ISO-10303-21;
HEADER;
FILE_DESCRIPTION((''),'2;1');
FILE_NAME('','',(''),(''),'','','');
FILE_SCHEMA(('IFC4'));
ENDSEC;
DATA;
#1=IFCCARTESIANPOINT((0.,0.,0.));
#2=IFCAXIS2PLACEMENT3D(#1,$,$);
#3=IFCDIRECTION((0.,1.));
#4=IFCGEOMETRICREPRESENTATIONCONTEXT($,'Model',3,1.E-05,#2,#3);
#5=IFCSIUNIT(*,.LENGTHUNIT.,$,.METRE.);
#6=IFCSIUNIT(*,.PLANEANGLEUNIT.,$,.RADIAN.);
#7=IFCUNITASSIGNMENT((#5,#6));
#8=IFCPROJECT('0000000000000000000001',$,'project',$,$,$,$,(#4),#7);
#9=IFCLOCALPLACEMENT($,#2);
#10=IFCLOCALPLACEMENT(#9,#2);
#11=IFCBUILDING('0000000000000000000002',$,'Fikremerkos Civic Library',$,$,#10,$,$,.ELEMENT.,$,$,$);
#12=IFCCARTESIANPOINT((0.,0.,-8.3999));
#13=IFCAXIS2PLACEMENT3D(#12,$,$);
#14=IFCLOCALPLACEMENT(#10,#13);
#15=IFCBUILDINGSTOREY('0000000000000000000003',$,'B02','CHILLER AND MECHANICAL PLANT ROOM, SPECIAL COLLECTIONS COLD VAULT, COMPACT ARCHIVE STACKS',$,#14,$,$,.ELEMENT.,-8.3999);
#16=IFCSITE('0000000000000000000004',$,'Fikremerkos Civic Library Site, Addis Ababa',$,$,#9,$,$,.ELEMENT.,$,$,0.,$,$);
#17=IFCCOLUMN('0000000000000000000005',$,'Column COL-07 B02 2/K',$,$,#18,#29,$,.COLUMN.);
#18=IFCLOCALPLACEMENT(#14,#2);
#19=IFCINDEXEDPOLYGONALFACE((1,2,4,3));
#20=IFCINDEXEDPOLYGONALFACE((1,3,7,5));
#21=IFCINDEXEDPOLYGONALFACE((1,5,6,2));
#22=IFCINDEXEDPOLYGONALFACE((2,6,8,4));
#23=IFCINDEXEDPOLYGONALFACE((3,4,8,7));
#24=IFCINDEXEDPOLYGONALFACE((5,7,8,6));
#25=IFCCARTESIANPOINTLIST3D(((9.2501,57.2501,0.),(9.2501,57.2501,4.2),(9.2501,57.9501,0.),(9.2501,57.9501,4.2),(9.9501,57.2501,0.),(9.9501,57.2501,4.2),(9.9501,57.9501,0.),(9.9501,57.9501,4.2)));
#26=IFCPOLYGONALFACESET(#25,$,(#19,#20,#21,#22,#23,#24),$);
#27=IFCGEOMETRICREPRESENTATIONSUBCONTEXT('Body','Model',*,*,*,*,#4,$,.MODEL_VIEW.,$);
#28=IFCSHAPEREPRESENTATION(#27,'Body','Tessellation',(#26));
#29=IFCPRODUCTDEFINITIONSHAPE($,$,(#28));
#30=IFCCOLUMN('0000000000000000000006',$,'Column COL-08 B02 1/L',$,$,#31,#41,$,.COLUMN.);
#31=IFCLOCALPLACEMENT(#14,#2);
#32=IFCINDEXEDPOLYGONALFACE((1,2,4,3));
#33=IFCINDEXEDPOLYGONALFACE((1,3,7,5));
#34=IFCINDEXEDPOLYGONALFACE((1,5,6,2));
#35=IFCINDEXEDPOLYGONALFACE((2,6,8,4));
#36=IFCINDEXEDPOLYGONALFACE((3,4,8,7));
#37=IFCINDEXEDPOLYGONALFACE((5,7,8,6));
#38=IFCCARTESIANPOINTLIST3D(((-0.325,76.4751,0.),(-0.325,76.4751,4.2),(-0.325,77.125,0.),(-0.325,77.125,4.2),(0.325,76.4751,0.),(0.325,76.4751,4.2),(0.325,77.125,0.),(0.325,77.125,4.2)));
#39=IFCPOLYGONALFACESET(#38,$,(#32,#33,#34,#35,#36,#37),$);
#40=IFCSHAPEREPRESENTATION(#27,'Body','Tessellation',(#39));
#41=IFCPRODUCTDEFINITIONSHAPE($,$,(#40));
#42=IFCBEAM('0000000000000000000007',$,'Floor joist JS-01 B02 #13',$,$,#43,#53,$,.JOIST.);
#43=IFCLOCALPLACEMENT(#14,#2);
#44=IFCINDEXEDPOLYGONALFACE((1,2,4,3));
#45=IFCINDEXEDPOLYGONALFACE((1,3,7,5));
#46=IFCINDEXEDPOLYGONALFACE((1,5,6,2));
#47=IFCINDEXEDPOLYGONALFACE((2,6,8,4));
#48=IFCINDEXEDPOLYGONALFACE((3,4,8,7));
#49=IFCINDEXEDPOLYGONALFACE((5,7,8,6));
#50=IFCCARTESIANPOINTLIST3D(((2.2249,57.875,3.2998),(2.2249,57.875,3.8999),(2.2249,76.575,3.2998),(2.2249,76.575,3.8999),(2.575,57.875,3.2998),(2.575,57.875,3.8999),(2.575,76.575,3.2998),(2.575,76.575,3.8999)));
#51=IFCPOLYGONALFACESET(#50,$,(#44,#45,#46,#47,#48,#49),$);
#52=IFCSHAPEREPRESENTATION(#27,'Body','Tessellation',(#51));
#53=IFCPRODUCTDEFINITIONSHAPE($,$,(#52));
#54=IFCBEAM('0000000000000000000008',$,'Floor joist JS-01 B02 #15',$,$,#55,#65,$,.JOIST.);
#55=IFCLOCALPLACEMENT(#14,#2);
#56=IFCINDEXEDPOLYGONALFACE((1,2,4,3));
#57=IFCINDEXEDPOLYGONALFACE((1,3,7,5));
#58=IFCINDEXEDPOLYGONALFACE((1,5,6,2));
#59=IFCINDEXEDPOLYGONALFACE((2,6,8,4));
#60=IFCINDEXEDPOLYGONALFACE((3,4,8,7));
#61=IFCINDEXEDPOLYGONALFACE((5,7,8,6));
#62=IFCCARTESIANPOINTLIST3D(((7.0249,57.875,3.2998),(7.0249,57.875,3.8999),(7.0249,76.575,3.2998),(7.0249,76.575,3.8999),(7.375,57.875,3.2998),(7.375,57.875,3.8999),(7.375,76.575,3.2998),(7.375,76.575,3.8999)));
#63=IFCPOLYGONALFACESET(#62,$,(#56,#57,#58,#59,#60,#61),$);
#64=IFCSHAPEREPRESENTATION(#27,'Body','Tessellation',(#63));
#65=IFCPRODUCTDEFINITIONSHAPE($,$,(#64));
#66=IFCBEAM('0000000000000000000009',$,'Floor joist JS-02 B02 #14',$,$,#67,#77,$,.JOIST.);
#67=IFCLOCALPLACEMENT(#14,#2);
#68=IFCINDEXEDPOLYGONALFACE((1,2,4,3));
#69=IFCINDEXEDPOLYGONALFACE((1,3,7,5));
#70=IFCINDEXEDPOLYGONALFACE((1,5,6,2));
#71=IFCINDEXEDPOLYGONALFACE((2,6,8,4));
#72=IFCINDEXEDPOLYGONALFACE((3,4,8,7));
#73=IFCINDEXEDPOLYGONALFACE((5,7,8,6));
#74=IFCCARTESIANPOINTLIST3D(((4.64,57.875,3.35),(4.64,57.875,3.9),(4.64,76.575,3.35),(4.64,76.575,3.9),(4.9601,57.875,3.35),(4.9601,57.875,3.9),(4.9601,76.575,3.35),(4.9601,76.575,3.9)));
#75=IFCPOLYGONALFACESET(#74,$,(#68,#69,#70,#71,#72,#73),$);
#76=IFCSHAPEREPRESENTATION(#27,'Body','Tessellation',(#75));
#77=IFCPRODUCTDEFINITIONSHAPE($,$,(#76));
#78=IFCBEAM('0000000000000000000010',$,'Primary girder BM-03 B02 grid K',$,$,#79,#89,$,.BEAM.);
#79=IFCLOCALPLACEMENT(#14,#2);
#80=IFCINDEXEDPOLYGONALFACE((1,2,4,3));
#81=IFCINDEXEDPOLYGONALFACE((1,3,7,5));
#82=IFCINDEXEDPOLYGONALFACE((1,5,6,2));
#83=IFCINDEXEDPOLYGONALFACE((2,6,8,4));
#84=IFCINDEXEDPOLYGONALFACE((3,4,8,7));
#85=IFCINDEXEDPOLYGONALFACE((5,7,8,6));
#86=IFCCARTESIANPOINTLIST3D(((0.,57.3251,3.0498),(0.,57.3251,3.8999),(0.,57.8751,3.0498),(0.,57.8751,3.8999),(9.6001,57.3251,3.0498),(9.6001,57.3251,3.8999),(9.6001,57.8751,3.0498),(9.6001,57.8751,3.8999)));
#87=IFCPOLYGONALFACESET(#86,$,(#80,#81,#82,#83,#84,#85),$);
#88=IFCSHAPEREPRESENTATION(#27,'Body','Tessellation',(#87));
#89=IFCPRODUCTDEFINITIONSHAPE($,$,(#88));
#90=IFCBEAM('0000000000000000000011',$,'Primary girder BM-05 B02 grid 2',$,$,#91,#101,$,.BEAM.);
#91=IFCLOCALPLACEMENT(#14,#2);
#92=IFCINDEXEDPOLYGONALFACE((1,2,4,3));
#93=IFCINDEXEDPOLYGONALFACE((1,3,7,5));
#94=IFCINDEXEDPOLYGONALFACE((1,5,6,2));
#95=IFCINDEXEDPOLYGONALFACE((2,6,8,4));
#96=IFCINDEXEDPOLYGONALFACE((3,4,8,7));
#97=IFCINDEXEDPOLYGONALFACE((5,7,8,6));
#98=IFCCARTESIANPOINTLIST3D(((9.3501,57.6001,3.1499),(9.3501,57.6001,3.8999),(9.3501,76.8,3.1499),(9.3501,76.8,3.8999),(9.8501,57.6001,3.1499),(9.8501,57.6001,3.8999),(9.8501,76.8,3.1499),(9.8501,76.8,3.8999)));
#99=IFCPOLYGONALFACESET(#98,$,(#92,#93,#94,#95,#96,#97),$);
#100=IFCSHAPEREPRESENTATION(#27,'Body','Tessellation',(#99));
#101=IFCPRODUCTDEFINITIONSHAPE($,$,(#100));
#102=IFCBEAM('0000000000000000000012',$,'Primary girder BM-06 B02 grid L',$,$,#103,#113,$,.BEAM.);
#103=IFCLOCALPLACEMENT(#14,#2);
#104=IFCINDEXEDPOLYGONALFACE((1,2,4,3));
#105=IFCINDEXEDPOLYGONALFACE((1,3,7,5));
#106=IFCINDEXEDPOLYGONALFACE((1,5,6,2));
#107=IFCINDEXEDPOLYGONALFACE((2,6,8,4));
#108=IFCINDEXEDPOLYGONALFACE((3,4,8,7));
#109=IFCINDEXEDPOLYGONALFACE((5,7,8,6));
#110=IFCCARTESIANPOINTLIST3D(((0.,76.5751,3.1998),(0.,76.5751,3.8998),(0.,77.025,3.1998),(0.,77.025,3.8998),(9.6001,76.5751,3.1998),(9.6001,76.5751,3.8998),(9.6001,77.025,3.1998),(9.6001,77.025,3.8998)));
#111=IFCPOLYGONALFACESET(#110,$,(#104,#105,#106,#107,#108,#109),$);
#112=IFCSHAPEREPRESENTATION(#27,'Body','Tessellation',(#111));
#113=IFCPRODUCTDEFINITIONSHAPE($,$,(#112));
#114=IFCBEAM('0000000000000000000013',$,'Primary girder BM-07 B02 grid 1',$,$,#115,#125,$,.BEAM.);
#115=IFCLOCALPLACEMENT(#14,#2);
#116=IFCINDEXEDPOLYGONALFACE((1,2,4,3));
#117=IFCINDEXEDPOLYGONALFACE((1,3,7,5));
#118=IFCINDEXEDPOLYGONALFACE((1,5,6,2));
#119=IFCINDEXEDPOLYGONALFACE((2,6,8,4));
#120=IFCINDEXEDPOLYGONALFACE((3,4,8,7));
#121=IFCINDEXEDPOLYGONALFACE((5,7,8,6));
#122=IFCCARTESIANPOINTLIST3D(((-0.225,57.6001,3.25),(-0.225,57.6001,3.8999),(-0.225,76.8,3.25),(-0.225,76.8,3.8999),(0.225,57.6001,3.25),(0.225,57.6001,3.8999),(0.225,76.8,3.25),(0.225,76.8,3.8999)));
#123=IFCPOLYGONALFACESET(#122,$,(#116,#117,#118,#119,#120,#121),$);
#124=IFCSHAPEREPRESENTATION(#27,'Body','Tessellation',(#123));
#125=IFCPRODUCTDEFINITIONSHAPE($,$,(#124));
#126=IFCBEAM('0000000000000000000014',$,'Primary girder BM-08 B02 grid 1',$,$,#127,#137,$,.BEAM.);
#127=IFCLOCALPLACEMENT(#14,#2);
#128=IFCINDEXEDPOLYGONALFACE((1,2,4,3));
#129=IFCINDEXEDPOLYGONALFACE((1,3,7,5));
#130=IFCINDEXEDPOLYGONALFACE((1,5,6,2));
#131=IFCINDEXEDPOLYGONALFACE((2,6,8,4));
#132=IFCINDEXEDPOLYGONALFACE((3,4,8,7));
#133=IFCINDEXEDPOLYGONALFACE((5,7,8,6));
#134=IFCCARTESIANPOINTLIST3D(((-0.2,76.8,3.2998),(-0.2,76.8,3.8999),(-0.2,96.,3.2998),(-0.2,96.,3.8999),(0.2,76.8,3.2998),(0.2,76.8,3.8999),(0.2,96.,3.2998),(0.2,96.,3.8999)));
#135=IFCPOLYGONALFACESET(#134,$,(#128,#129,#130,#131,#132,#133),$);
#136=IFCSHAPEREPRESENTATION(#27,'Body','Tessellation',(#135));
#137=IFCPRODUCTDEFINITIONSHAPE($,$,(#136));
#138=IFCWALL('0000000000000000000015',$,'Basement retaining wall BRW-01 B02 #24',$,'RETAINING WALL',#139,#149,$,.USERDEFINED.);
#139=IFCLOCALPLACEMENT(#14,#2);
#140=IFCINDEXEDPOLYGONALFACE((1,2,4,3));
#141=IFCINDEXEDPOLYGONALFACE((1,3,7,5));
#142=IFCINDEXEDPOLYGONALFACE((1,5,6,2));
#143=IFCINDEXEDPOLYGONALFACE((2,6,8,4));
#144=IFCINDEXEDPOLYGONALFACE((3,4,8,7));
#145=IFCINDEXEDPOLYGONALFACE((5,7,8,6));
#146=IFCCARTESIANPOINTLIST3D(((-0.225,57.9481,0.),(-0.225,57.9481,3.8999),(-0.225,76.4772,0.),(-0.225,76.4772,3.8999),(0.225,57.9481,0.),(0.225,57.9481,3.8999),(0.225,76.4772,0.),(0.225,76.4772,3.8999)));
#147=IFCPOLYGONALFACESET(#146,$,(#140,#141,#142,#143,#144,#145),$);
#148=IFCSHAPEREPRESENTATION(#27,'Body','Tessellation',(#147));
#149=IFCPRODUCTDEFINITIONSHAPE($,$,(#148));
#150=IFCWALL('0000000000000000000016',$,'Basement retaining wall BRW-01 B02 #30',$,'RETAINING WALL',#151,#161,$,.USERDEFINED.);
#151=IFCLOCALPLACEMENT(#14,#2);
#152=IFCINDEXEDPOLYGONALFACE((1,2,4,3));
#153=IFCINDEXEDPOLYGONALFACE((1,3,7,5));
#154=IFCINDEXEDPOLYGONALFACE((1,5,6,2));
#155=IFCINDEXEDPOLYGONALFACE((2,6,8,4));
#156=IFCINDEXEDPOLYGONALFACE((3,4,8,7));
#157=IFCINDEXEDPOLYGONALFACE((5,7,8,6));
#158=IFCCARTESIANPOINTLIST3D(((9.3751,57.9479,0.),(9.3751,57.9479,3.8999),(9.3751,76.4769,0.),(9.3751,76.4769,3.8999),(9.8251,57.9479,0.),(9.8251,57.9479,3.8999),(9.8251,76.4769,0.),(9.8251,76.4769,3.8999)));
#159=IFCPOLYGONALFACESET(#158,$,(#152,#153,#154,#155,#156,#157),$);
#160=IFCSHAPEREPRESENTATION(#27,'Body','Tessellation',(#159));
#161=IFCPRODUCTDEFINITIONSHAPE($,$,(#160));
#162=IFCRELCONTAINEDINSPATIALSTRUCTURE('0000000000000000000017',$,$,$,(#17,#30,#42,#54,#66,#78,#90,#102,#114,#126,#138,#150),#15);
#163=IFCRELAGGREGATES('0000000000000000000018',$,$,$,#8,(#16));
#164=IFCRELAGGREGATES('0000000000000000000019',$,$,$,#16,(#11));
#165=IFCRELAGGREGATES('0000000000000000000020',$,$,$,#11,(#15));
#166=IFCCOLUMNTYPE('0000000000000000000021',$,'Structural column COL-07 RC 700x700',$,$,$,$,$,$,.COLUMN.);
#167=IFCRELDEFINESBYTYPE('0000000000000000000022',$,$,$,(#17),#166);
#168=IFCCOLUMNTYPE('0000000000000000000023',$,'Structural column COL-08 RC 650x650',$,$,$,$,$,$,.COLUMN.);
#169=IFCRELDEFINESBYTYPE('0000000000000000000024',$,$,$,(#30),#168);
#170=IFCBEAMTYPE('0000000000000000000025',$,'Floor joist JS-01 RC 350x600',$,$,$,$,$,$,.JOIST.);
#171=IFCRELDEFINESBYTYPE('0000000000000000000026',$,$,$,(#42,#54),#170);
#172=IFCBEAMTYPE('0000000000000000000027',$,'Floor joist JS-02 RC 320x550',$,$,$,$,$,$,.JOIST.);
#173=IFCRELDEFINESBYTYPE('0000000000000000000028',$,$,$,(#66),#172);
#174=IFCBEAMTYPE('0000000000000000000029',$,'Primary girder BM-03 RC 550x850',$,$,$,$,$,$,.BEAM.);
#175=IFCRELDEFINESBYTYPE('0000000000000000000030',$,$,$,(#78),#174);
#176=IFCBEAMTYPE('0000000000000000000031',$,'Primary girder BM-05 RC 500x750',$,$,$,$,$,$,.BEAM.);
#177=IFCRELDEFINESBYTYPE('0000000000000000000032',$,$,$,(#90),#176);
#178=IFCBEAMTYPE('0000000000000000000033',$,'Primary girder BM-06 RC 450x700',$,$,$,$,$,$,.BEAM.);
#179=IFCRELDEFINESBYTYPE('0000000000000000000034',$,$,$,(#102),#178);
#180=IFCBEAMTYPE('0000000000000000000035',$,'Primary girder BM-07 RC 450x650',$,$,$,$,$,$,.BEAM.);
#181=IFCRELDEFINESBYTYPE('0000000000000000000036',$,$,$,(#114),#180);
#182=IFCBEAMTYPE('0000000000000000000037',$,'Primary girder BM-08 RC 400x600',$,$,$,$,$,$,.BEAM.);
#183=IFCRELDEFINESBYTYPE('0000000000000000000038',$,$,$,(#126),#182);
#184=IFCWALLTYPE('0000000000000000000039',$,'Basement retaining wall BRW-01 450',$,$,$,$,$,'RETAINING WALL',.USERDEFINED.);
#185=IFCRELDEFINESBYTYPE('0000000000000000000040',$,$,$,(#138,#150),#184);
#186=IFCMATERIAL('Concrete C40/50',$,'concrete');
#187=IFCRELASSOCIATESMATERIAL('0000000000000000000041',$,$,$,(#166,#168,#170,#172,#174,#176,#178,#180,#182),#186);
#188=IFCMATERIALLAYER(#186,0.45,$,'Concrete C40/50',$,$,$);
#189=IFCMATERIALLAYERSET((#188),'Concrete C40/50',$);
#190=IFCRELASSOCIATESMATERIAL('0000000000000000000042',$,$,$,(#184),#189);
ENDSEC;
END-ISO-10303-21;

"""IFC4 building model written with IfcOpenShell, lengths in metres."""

from ifc_helpers import new_model, si_unit, direction, frame, frame_2d, origin, origin_2d, place, context, subcontext, project, spatial, rectangle, extrude, material, layer, layer_set, material_profile, profile_set, type_object, element, save


model = new_model("IFC4")

# Units and contexts
model_context = context("Model", 3, precision=1e-05, world=origin(), true_north=direction((0.0, 1.0)))
body_context = subcontext(model_context, "Body", "Model", "MODEL_VIEW")
ifc_project = project(units=[si_unit("LENGTHUNIT", "METRE"), si_unit("PLANEANGLEUNIT", "RADIAN")], contexts=[model_context])

# Site, building, storey
site_placement = place(None, origin())
site = spatial("IfcSite", under=ifc_project, at=site_placement, Name="Fikremerkos Civic Library Site, Addis Ababa", CompositionType="ELEMENT", RefElevation=0.0)
building_placement = place(site_placement, origin())
building = spatial("IfcBuilding", under=site, at=building_placement, Name="Fikremerkos Civic Library", CompositionType="ELEMENT")
storey_placement = place(building_placement, frame((0.0, 0.0, -8.3999)))
storey = spatial("IfcBuildingStorey", under=building, at=storey_placement, Name="B02", Description="CHILLER AND MECHANICAL PLANT ROOM, SPECIAL COLLECTIONS COLD VAULT, COMPACT ARCHIVE STACKS", CompositionType="ELEMENT", Elevation=-8.3999)

# Shared definitions
ifc_material_1 = material(Name="Concrete C40/50", Category="concrete")

# Columns
ifc_material_profile_1 = material_profile(ifc_material_1, rectangle(XDim=0.7, YDim=0.7, at=origin_2d()), Name="RC 700x700")
ifc_profile_set_1 = profile_set([ifc_material_profile_1], Name="Concrete C40/50")
column_type_1 = type_object("IfcColumnType", Name="Structural column COL-07 RC 700x700", PredefinedType="COLUMN", material=ifc_profile_set_1)
for number, where, z_axis, x_axis, name in (
    (1, (9.6001, 57.6001, 0.0), (0.0, 0.0, 1.0), (1.0, 0.0, 0.0), "Column COL-07 B02 2/K"),
):
    element("IfcColumn", number, at=place(storey_placement, frame(where, z_axis=z_axis, x_axis=x_axis)), inside=storey, type_object=column_type_1, Name=name, PredefinedType="COLUMN", context=body_context, shape_type="SweptSolid", body=[
        extrude(rectangle(XDim=0.7, YDim=0.7, at=origin_2d()), origin(), (0.0, 0.0, 1.0), 4.2),
    ])
ifc_material_profile_2 = material_profile(ifc_material_1, rectangle(XDim=0.6499, YDim=0.6499, at=origin_2d()), Name="RC 650x650")
ifc_profile_set_2 = profile_set([ifc_material_profile_2], Name="Concrete C40/50")
column_type_2 = type_object("IfcColumnType", Name="Structural column COL-08 RC 650x650", PredefinedType="COLUMN", material=ifc_profile_set_2)
column_placement = place(storey_placement, frame((0.0, 76.8, 0.0), z_axis=(0.0, 0.0, 1.0), x_axis=(1.0, 0.0, 0.0)))
element("IfcColumn", 2, at=column_placement, inside=storey, type_object=column_type_2, Name="Column COL-08 B02 1/L", PredefinedType="COLUMN", context=body_context, shape_type="SweptSolid", body=[
    extrude(rectangle(XDim=0.6499, YDim=0.6499, at=origin_2d()), origin(), (0.0, 0.0, 1.0), 4.2),
])

# Beams
ifc_material_profile_3 = material_profile(ifc_material_1, rectangle(XDim=0.3501, YDim=0.6001, at=origin_2d()), Name="RC 350x600")
ifc_profile_set_3 = profile_set([ifc_material_profile_3], Name="Concrete C40/50")
beam_type_1 = type_object("IfcBeamType", Name="Floor joist JS-01 RC 350x600", PredefinedType="JOIST", material=ifc_profile_set_3)
for number, where, z_axis, x_axis, name in (
    (3, (2.3999, 57.875, 3.5999), (0.0, 1.0, 0.0), (-1.0, 0.0, 0.0), "Floor joist JS-01 B02 #13"),
    (4, (7.2, 57.875, 3.5999), (0.0, 1.0, 0.0), (-1.0, 0.0, 0.0), "Floor joist JS-01 B02 #15"),
):
    element("IfcBeam", number, at=place(storey_placement, frame(where, z_axis=z_axis, x_axis=x_axis)), inside=storey, type_object=beam_type_1, Name=name, PredefinedType="JOIST", context=body_context, shape_type="SweptSolid", body=[
        extrude(rectangle(XDim=0.3501, YDim=0.6001, at=origin_2d()), origin(), (0.0, 0.0, 1.0), 18.7),
    ])
ifc_material_profile_4 = material_profile(ifc_material_1, rectangle(XDim=0.3201, YDim=0.55, at=origin_2d()), Name="RC 320x550")
ifc_profile_set_4 = profile_set([ifc_material_profile_4], Name="Concrete C40/50")
beam_type_2 = type_object("IfcBeamType", Name="Floor joist JS-02 RC 320x550", PredefinedType="JOIST", material=ifc_profile_set_4)
beam_1_placement = place(storey_placement, frame((4.8, 57.875, 3.625), z_axis=(0.0, 1.0, 0.0), x_axis=(-1.0, 0.0, 0.0)))
element("IfcBeam", 5, at=beam_1_placement, inside=storey, type_object=beam_type_2, Name="Floor joist JS-02 B02 #14", PredefinedType="JOIST", context=body_context, shape_type="SweptSolid", body=[
    extrude(rectangle(XDim=0.3201, YDim=0.55, at=origin_2d()), origin(), (0.0, 0.0, 1.0), 18.7),
])
ifc_material_profile_5 = material_profile(ifc_material_1, rectangle(XDim=0.55, YDim=0.8501, at=origin_2d()), Name="RC 550x850")
ifc_profile_set_5 = profile_set([ifc_material_profile_5], Name="Concrete C40/50")
beam_type_3 = type_object("IfcBeamType", Name="Primary girder BM-03 RC 550x850", PredefinedType="BEAM", material=ifc_profile_set_5)
beam_2_placement = place(storey_placement, frame((0.0, 57.6001, 3.4749), z_axis=(1.0, 0.0, 0.0), x_axis=(0.0, 1.0, 0.0)))
element("IfcBeam", 6, at=beam_2_placement, inside=storey, type_object=beam_type_3, Name="Primary girder BM-03 B02 grid K", PredefinedType="BEAM", context=body_context, shape_type="SweptSolid", body=[
    extrude(rectangle(XDim=0.55, YDim=0.8501, at=origin_2d()), origin(), (0.0, 0.0, 1.0), 9.6001),
])
ifc_material_profile_6 = material_profile(ifc_material_1, rectangle(XDim=0.5, YDim=0.75, at=origin_2d()), Name="RC 500x750")
ifc_profile_set_6 = profile_set([ifc_material_profile_6], Name="Concrete C40/50")
beam_type_4 = type_object("IfcBeamType", Name="Primary girder BM-05 RC 500x750", PredefinedType="BEAM", material=ifc_profile_set_6)
beam_3_placement = place(storey_placement, frame((9.6001, 57.6001, 3.5249), z_axis=(0.0, 1.0, 0.0), x_axis=(-1.0, 0.0, 0.0)))
element("IfcBeam", 7, at=beam_3_placement, inside=storey, type_object=beam_type_4, Name="Primary girder BM-05 B02 grid 2", PredefinedType="BEAM", context=body_context, shape_type="SweptSolid", body=[
    extrude(rectangle(XDim=0.5, YDim=0.75, at=origin_2d()), origin(), (0.0, 0.0, 1.0), 19.2),
])
ifc_material_profile_7 = material_profile(ifc_material_1, rectangle(XDim=0.45, YDim=0.7, at=origin_2d()), Name="RC 450x700")
ifc_profile_set_7 = profile_set([ifc_material_profile_7], Name="Concrete C40/50")
beam_type_5 = type_object("IfcBeamType", Name="Primary girder BM-06 RC 450x700", PredefinedType="BEAM", material=ifc_profile_set_7)
beam_4_placement = place(storey_placement, frame((0.0, 76.8, 3.5498), z_axis=(1.0, 0.0, 0.0), x_axis=(0.0, 1.0, 0.0)))
element("IfcBeam", 8, at=beam_4_placement, inside=storey, type_object=beam_type_5, Name="Primary girder BM-06 B02 grid L", PredefinedType="BEAM", context=body_context, shape_type="SweptSolid", body=[
    extrude(rectangle(XDim=0.45, YDim=0.7, at=origin_2d()), origin(), (0.0, 0.0, 1.0), 9.6001),
])
ifc_material_profile_8 = material_profile(ifc_material_1, rectangle(XDim=0.45, YDim=0.6499, at=origin_2d()), Name="RC 450x650")
ifc_profile_set_8 = profile_set([ifc_material_profile_8], Name="Concrete C40/50")
beam_type_6 = type_object("IfcBeamType", Name="Primary girder BM-07 RC 450x650", PredefinedType="BEAM", material=ifc_profile_set_8)
beam_5_placement = place(storey_placement, frame((0.0, 57.6001, 3.575), z_axis=(0.0, 1.0, 0.0), x_axis=(-1.0, 0.0, 0.0)))
element("IfcBeam", 9, at=beam_5_placement, inside=storey, type_object=beam_type_6, Name="Primary girder BM-07 B02 grid 1", PredefinedType="BEAM", context=body_context, shape_type="SweptSolid", body=[
    extrude(rectangle(XDim=0.45, YDim=0.6499, at=origin_2d()), origin(), (0.0, 0.0, 1.0), 19.2),
])
ifc_material_profile_9 = material_profile(ifc_material_1, rectangle(XDim=0.3999, YDim=0.6001, at=origin_2d()), Name="RC 400x600")
ifc_profile_set_9 = profile_set([ifc_material_profile_9], Name="Concrete C40/50")
beam_type_7 = type_object("IfcBeamType", Name="Primary girder BM-08 RC 400x600", PredefinedType="BEAM", material=ifc_profile_set_9)
beam_6_placement = place(storey_placement, frame((0.0, 76.8, 3.5999), z_axis=(0.0, 1.0, 0.0), x_axis=(-1.0, 0.0, 0.0)))
element("IfcBeam", 10, at=beam_6_placement, inside=storey, type_object=beam_type_7, Name="Primary girder BM-08 B02 grid 1", PredefinedType="BEAM", context=body_context, shape_type="SweptSolid", body=[
    extrude(rectangle(XDim=0.3999, YDim=0.6001, at=origin_2d()), origin(), (0.0, 0.0, 1.0), 19.2),
])

# Walls
ifc_layer = layer(ifc_material_1, 0.45, Name="Concrete C40/50")
ifc_layer_set = layer_set([ifc_layer], Name="Concrete C40/50")
wall_type = type_object("IfcWallType", Name="Basement retaining wall BRW-01 450", ElementType="RETAINING WALL", PredefinedType="USERDEFINED", material=ifc_layer_set)
for number, where, z_axis, x_axis, name in (
    (11, (0.0, 57.948, 0.0), (0.0, 0.0, 1.0), (0.0, 1.0, 0.0), "Basement retaining wall BRW-01 B02 #24"),
    (12, (9.6001, 76.4771, 0.0), (0.0, 0.0, 1.0), (0.0, -1.0, 0.0), "Basement retaining wall BRW-01 B02 #30"),
):
    element("IfcWall", number, at=place(storey_placement, frame(where, z_axis=z_axis, x_axis=x_axis)), inside=storey, type_object=wall_type, Name=name, ObjectType="RETAINING WALL", PredefinedType="USERDEFINED", context=body_context, shape_type="SweptSolid", body=[
        extrude(rectangle(XDim=18.5291, YDim=0.45, at=frame_2d((9.2646, 0.0))), origin(), (0.0, 0.0, 1.0), 3.8999),
    ])

save(model, "model.ifc")
